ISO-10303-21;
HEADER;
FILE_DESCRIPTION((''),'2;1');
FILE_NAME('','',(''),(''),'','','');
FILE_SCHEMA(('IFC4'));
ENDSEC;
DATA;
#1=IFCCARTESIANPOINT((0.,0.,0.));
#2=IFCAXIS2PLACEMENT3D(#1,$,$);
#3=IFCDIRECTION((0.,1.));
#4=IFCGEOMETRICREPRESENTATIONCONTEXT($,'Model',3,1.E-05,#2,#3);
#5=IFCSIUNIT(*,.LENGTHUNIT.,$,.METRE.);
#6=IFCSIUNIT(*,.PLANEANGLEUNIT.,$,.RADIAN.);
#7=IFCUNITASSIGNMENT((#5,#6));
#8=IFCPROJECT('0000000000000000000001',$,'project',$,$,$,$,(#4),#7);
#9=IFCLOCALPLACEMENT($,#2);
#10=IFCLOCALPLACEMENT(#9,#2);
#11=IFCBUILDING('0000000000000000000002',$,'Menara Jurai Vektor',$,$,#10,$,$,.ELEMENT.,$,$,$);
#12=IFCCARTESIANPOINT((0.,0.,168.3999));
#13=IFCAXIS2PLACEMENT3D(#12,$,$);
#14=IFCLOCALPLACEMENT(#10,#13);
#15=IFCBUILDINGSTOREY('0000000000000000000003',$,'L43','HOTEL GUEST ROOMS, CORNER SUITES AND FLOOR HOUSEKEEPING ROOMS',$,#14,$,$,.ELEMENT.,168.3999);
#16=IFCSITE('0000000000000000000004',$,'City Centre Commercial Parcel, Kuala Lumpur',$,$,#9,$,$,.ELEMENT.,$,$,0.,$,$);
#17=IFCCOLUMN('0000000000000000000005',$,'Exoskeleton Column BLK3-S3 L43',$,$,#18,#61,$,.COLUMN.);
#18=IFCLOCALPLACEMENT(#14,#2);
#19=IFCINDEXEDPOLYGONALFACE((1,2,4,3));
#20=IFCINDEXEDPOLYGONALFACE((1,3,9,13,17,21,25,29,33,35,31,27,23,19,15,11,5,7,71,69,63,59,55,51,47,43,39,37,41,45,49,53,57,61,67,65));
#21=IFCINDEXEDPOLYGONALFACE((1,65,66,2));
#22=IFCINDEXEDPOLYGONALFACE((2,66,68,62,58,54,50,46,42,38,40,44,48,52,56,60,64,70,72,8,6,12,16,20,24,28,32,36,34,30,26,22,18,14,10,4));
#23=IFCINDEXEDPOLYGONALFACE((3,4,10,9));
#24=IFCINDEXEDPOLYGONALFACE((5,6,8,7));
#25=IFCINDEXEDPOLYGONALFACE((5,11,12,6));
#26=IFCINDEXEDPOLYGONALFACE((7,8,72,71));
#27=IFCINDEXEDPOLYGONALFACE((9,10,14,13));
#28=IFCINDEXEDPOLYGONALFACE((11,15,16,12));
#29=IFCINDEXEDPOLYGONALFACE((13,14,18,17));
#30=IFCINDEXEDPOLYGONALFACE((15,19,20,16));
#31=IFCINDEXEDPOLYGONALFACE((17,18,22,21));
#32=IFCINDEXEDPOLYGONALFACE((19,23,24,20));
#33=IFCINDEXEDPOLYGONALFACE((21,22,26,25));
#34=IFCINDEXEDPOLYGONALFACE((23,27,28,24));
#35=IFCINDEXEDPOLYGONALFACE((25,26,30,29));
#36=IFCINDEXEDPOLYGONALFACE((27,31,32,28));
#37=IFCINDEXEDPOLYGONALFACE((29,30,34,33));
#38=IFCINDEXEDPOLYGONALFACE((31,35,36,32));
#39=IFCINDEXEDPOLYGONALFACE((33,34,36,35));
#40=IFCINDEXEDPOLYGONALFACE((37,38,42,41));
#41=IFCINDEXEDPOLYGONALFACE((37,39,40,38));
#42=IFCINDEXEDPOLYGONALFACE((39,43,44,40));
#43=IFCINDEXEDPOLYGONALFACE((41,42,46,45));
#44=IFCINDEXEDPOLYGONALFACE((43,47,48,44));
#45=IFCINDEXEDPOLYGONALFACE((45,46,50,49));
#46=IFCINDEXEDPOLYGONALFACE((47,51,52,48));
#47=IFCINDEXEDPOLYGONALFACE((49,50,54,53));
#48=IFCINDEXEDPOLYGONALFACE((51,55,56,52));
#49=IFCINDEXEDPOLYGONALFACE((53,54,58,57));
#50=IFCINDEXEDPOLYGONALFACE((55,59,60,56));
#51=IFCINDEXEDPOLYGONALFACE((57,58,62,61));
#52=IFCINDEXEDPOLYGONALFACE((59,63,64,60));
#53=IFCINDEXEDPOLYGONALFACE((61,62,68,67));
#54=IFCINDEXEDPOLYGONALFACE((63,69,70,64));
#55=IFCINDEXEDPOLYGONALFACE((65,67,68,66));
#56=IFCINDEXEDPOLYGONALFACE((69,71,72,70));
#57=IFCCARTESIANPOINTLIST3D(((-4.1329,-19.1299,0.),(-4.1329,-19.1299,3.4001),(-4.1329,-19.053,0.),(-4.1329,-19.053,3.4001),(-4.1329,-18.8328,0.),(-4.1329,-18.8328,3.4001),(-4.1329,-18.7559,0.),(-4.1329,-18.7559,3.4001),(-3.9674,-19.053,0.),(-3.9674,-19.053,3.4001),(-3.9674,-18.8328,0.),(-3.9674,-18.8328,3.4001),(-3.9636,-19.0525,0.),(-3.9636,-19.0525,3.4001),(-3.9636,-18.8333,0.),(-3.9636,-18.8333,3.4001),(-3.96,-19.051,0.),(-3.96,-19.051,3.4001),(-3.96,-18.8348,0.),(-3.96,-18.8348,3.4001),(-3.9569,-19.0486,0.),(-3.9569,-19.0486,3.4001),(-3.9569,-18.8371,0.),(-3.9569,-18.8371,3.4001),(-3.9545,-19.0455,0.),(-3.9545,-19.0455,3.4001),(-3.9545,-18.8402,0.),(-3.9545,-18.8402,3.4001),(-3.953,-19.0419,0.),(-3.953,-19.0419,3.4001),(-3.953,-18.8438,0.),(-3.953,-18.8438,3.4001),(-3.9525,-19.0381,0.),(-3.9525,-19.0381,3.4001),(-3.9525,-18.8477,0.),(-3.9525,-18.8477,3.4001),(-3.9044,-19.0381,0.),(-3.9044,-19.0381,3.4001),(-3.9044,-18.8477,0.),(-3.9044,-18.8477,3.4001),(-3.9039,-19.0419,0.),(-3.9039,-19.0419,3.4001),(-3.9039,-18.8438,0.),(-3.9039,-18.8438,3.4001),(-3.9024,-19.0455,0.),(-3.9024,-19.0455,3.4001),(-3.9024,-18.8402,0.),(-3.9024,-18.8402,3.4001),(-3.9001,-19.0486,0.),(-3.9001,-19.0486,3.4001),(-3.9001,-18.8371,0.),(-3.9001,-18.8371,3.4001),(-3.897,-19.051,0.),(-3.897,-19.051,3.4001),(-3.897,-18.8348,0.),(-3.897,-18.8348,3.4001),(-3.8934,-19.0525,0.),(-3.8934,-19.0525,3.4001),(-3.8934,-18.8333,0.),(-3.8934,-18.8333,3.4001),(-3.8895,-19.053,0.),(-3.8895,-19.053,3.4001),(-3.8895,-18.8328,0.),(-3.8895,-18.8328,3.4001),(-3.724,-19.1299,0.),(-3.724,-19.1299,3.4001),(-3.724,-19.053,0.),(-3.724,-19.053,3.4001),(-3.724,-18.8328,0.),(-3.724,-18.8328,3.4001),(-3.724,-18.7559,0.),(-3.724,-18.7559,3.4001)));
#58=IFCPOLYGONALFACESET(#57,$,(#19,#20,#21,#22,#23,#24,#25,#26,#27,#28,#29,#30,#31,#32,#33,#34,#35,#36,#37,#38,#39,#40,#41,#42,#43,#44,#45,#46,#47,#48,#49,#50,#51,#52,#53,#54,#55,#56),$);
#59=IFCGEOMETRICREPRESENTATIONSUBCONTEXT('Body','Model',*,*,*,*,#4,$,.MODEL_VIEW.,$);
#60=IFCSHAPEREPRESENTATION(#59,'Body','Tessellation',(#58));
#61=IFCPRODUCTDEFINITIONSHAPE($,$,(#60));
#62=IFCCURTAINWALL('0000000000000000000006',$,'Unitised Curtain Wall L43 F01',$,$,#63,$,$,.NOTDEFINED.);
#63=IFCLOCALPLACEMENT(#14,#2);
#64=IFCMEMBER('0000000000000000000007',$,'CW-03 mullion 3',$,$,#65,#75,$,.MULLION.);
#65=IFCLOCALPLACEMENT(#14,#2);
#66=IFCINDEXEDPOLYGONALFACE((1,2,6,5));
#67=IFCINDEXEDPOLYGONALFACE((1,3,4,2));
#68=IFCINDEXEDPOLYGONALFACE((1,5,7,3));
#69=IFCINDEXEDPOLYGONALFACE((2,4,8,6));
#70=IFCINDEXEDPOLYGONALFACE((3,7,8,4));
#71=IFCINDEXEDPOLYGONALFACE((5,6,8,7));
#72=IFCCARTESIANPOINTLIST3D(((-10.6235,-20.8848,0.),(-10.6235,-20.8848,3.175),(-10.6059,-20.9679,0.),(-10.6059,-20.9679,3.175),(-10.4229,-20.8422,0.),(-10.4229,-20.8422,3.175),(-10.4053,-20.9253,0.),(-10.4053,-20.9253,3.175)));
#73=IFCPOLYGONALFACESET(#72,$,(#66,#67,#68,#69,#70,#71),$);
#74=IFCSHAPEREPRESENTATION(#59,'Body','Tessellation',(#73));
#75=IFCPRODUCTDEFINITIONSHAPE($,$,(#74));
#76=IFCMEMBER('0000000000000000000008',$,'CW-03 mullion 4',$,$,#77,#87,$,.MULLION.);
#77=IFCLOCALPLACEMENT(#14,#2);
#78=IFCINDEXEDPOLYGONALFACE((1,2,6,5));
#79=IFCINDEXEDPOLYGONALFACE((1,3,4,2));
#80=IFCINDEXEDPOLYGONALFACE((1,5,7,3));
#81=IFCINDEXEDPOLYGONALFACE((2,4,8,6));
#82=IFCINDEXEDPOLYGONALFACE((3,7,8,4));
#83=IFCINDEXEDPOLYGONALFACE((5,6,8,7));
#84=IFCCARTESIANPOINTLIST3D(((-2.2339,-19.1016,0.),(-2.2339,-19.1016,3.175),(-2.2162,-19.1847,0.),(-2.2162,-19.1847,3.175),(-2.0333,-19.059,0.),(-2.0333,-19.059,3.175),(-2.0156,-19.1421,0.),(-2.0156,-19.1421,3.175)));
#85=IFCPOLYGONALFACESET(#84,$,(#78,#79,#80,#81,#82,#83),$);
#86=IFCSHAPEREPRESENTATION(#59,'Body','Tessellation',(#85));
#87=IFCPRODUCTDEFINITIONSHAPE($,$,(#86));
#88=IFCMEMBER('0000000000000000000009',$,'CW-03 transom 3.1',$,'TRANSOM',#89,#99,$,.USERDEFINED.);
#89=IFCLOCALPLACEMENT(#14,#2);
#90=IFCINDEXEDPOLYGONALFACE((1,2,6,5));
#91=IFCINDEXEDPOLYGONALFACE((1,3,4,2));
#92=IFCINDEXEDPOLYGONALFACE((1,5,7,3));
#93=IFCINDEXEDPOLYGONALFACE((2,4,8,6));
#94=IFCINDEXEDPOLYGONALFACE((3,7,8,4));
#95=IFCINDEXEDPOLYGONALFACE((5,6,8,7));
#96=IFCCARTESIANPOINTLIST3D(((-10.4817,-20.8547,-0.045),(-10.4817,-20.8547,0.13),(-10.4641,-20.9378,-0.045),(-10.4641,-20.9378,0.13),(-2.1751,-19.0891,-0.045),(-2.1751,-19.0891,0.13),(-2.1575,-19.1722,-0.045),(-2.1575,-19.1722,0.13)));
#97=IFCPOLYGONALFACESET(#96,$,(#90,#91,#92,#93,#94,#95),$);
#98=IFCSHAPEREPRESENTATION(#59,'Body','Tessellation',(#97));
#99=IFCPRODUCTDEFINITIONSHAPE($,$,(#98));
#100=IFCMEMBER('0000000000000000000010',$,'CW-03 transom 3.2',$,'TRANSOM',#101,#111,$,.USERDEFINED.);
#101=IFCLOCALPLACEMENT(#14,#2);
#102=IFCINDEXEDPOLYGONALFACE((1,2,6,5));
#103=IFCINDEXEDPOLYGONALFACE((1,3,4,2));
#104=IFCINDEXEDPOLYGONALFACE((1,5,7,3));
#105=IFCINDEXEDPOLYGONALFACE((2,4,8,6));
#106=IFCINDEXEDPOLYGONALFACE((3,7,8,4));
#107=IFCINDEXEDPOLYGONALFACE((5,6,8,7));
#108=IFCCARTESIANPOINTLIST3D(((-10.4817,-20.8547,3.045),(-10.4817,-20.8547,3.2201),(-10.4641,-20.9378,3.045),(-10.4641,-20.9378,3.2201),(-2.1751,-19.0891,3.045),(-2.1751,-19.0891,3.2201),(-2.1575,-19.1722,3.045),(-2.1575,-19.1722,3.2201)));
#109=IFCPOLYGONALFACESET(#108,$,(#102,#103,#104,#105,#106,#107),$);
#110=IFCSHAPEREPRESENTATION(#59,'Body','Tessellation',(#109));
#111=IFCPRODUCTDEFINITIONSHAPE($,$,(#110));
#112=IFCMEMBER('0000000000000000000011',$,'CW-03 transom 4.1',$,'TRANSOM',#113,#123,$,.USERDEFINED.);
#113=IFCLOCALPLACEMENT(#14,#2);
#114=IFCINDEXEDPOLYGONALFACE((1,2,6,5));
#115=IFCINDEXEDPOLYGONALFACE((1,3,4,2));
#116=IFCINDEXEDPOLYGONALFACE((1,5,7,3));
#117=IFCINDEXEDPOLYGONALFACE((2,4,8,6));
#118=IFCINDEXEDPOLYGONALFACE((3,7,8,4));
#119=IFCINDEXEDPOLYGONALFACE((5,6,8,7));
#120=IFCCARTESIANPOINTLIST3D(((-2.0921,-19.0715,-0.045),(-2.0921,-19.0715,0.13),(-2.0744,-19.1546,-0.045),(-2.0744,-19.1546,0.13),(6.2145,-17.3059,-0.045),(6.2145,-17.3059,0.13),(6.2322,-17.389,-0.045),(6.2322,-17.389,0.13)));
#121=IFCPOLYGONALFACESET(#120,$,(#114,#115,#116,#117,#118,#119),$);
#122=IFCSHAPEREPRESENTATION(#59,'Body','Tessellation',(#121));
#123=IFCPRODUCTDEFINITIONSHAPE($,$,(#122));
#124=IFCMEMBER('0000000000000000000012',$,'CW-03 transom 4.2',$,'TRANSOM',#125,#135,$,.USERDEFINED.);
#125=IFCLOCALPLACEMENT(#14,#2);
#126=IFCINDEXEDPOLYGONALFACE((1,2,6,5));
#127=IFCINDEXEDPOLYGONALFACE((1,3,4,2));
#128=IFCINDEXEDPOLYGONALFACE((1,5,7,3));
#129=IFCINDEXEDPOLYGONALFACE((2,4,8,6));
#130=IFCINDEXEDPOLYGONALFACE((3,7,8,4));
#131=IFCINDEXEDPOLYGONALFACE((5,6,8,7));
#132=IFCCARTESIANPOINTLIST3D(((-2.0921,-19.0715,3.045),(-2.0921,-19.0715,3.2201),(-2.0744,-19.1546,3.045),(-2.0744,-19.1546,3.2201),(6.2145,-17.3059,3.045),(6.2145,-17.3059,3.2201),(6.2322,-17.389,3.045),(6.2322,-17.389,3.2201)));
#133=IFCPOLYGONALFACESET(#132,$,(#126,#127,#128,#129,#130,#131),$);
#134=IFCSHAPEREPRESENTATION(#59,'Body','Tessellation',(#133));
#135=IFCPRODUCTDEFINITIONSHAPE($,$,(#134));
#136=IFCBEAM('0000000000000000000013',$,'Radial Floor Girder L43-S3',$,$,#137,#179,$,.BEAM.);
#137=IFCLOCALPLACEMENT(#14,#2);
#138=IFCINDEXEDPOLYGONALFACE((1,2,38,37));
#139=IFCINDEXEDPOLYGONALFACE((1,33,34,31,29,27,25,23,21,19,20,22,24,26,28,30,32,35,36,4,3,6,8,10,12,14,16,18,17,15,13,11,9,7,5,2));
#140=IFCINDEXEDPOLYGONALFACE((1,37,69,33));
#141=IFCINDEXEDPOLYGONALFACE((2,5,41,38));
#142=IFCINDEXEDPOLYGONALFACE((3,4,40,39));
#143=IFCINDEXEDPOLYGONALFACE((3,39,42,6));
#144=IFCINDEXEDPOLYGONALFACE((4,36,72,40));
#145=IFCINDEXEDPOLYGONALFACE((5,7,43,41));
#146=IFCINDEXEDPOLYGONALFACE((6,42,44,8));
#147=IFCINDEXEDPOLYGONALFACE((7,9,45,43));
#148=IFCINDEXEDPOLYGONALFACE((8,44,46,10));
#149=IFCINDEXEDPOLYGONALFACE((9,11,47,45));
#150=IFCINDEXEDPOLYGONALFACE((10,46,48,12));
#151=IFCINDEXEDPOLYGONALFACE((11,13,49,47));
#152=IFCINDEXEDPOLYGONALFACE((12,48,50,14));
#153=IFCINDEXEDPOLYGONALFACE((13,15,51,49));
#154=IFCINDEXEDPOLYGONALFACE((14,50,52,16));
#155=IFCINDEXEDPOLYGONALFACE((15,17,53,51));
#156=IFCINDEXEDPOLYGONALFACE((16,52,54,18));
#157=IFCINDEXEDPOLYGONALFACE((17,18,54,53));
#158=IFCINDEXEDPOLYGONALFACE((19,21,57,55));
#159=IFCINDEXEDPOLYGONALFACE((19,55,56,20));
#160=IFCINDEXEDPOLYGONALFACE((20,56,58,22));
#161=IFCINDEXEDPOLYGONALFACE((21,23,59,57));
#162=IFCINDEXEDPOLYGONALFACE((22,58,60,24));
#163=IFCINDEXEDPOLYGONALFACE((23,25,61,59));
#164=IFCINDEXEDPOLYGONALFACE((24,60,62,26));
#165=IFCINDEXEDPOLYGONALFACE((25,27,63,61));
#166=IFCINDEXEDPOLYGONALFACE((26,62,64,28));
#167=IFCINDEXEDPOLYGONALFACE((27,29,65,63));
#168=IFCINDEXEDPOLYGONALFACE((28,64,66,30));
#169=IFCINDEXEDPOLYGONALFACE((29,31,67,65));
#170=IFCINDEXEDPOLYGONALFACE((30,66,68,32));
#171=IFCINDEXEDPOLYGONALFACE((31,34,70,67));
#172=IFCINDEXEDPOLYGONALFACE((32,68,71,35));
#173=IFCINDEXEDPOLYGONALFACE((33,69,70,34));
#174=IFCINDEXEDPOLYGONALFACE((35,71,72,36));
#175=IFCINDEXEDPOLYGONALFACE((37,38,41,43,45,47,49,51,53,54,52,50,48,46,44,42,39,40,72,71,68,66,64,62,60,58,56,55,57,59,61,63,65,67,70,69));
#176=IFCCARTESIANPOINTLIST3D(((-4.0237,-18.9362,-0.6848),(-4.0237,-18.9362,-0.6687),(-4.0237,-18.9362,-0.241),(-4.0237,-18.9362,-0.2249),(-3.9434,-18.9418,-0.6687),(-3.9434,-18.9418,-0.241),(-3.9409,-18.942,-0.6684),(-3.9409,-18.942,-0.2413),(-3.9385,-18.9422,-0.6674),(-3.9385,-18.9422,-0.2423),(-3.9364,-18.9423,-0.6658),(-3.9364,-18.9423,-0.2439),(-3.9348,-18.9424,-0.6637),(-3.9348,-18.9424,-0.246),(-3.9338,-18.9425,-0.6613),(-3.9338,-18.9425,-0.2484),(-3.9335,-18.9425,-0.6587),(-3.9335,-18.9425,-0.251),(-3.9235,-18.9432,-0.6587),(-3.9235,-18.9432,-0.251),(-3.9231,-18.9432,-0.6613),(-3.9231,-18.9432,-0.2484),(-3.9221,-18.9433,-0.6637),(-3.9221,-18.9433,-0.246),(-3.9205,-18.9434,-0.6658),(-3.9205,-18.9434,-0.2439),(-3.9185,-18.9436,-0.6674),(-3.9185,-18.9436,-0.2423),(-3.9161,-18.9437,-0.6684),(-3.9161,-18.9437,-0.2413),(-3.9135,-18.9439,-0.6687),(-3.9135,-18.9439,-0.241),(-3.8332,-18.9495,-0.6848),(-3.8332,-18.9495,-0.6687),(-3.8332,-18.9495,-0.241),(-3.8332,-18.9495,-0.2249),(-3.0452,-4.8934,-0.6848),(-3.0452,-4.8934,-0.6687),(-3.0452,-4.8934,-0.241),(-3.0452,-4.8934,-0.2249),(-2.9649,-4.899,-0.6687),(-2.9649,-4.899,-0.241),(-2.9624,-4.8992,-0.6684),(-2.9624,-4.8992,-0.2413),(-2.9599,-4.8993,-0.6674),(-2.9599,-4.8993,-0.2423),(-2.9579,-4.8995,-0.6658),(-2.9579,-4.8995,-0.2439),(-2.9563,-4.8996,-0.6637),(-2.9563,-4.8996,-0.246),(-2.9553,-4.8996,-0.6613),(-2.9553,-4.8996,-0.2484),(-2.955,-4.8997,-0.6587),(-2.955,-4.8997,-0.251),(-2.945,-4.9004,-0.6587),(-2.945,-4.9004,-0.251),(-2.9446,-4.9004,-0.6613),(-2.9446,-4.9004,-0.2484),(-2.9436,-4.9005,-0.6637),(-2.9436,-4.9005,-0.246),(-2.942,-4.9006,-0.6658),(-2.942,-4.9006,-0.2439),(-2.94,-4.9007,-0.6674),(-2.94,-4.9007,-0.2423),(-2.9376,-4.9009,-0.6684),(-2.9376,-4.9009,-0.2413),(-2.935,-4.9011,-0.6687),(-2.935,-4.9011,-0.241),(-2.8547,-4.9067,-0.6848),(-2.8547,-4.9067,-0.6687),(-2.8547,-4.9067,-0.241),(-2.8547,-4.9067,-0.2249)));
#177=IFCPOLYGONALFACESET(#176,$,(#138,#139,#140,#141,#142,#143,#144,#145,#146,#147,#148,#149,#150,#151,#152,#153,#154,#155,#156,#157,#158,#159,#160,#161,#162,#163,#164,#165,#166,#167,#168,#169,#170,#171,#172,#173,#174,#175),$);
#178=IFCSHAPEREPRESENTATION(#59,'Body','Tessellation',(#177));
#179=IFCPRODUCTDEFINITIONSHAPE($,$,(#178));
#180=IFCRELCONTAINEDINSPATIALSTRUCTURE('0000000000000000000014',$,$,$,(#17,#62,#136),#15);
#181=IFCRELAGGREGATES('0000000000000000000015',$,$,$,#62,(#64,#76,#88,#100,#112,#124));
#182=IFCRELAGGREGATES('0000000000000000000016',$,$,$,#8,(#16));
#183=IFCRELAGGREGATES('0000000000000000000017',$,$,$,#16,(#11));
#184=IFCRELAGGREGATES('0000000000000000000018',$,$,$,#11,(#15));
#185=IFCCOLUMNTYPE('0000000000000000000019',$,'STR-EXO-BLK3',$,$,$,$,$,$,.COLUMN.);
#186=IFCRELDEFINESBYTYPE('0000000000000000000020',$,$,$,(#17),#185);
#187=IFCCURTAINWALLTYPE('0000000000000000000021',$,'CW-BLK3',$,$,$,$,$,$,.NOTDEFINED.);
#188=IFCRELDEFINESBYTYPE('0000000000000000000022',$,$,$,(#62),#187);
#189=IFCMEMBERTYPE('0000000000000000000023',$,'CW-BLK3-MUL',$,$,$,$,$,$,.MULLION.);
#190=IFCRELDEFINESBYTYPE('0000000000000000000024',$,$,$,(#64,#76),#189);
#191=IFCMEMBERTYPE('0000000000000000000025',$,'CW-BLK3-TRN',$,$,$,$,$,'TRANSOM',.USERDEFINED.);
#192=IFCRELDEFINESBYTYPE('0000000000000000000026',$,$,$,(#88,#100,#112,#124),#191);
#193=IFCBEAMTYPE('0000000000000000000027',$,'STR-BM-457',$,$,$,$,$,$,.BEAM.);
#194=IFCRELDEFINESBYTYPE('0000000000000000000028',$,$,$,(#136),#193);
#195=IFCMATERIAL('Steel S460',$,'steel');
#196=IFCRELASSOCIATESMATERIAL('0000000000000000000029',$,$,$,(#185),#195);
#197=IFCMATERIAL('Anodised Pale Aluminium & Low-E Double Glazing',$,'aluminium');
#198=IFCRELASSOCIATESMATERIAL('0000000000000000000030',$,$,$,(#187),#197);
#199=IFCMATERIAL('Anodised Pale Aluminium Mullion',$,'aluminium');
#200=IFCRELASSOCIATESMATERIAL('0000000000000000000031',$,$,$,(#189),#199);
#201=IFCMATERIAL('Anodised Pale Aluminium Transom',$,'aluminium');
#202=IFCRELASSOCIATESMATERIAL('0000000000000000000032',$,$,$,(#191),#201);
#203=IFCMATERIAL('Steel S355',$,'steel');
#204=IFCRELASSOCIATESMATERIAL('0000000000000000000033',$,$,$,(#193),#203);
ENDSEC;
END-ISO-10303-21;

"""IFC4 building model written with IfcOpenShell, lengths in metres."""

from ifc_helpers import new_model, si_unit, direction, frame, origin, origin_2d, place, context, subcontext, project, spatial, rectangle, i_section, extrude, material, material_profile, profile_set, type_object, element, aggregate, save


model = new_model("IFC4")

# Units and contexts
model_context = context("Model", 3, precision=1e-05, world=origin(), true_north=direction((0.0, 1.0)))
body_context = subcontext(model_context, "Body", "Model", "MODEL_VIEW")
ifc_project = project(units=[si_unit("LENGTHUNIT", "METRE"), si_unit("PLANEANGLEUNIT", "RADIAN")], contexts=[model_context])

# Site, building, storey
site_placement = place(None, origin())
site = spatial("IfcSite", under=ifc_project, at=site_placement, Name="City Centre Commercial Parcel, Kuala Lumpur", CompositionType="ELEMENT", RefElevation=0.0)
building_placement = place(site_placement, origin())
building = spatial("IfcBuilding", under=site, at=building_placement, Name="Menara Jurai Vektor", CompositionType="ELEMENT")
storey_placement = place(building_placement, frame((0.0, 0.0, 168.3999)))
storey = spatial("IfcBuildingStorey", under=building, at=storey_placement, Name="L43", Description="HOTEL GUEST ROOMS, CORNER SUITES AND FLOOR HOUSEKEEPING ROOMS", CompositionType="ELEMENT", Elevation=168.3999)

# Column
ifc_material_1 = material(Name="Steel S460", Category="steel")
ifc_material_profile_1 = material_profile(ifc_material_1, i_section(OverallWidth=0.4089, OverallDepth=0.374, WebThickness=0.0481, FlangeThickness=0.0769, FilletRadius=0.0149, at=origin_2d()), Name="HD 400x634")
ifc_profile_set_1 = profile_set([ifc_material_profile_1], Name="Steel S460")
column_type = type_object("IfcColumnType", Name="STR-EXO-BLK3", PredefinedType="COLUMN", material=ifc_profile_set_1)
column_placement = place(storey_placement, frame((-3.9285, -18.9429, 0.0), z_axis=(0.0, 0.0, 1.0), x_axis=(1.0, 0.0, 0.0)))
element("IfcColumn", 1, at=column_placement, inside=storey, type_object=column_type, Name="Exoskeleton Column BLK3-S3 L43", PredefinedType="COLUMN", context=body_context, shape_type="SweptSolid", body=[
    extrude(i_section(OverallWidth=0.4089, OverallDepth=0.374, WebThickness=0.0481, FlangeThickness=0.0769, FilletRadius=0.0149, at=origin_2d()), origin(), (0.0, 0.0, 1.0), 3.4001),
])

# Curtain wall, members
ifc_material_2 = material(Name="Anodised Pale Aluminium & Low-E Double Glazing", Category="aluminium")
curtain_wall_type = type_object("IfcCurtainWallType", Name="CW-BLK3", PredefinedType="NOTDEFINED", material=ifc_material_2)
curtain_wall_placement = place(storey_placement, origin())
curtain_wall = element("IfcCurtainWall", 2, at=curtain_wall_placement, inside=storey, type_object=curtain_wall_type, Name="Unitised Curtain Wall L43 F01", PredefinedType="NOTDEFINED")
ifc_material_3 = material(Name="Anodised Pale Aluminium Mullion", Category="aluminium")
ifc_material_profile_2 = material_profile(ifc_material_3, rectangle(XDim=0.085, YDim=0.2051, at=origin_2d()), Name="ALU MUL 85x205")
ifc_profile_set_2 = profile_set([ifc_material_profile_2], Name="Anodised Pale Aluminium Mullion")
member_type_1 = type_object("IfcMemberType", Name="CW-BLK3-MUL", PredefinedType="MULLION", material=ifc_profile_set_2)
member_1_placement = place(storey_placement, frame((-10.5144, -20.905, 0.0), z_axis=(0.0, 0.0, 1.0), x_axis=(-0.207911, 0.978148, 0.0)))
member_1 = element("IfcMember", 3, at=member_1_placement, type_object=member_type_1, Name="CW-03 mullion 3", PredefinedType="MULLION", context=body_context, shape_type="SweptSolid", body=[
    extrude(rectangle(XDim=0.085, YDim=0.2051, at=origin_2d()), origin(), (0.0, 0.0, 1.0), 3.175),
])
member_2_placement = place(storey_placement, frame((-2.1248, -19.1218, 0.0), z_axis=(0.0, 0.0, 1.0), x_axis=(-0.207911, 0.978148, 0.0)))
member_2 = element("IfcMember", 4, at=member_2_placement, type_object=member_type_1, Name="CW-03 mullion 4", PredefinedType="MULLION", context=body_context, shape_type="SweptSolid", body=[
    extrude(rectangle(XDim=0.085, YDim=0.2051, at=origin_2d()), origin(), (0.0, 0.0, 1.0), 3.175),
])
ifc_material_4 = material(Name="Anodised Pale Aluminium Transom", Category="aluminium")
ifc_material_profile_3 = material_profile(ifc_material_4, rectangle(XDim=0.085, YDim=0.175, at=origin_2d()), Name="ALU TRN 85x175")
ifc_profile_set_3 = profile_set([ifc_material_profile_3], Name="Anodised Pale Aluminium Transom")
member_type_2 = type_object("IfcMemberType", Name="CW-BLK3-TRN", ElementType="TRANSOM", PredefinedType="USERDEFINED", material=ifc_profile_set_3)
member_3_placement = place(storey_placement, frame((-10.4729, -20.8962, 0.0425), z_axis=(0.978148, 0.207911, 0.0), x_axis=(-0.207911, 0.978148, 0.0)))
member_3 = element("IfcMember", 5, at=member_3_placement, type_object=member_type_2, Name="CW-03 transom 3.1", ObjectType="TRANSOM", PredefinedType="USERDEFINED", context=body_context, shape_type="SweptSolid", body=[
    extrude(rectangle(XDim=0.085, YDim=0.175, at=origin_2d()), origin(), (0.0, 0.0, 1.0), 8.4922),
])
member_4_placement = place(storey_placement, frame((-10.4729, -20.8962, 3.1326), z_axis=(0.978148, 0.207911, 0.0), x_axis=(-0.207911, 0.978148, 0.0)))
member_4 = element("IfcMember", 6, at=member_4_placement, type_object=member_type_2, Name="CW-03 transom 3.2", ObjectType="TRANSOM", PredefinedType="USERDEFINED", context=body_context, shape_type="SweptSolid", body=[
    extrude(rectangle(XDim=0.085, YDim=0.175, at=origin_2d()), origin(), (0.0, 0.0, 1.0), 8.4922),
])
member_5_placement = place(storey_placement, frame((-2.0833, -19.113, 0.0425), z_axis=(0.978148, 0.207911, 0.0), x_axis=(-0.207911, 0.978148, 0.0)))
member_5 = element("IfcMember", 7, at=member_5_placement, type_object=member_type_2, Name="CW-03 transom 4.1", ObjectType="TRANSOM", PredefinedType="USERDEFINED", context=body_context, shape_type="SweptSolid", body=[
    extrude(rectangle(XDim=0.085, YDim=0.175, at=origin_2d()), origin(), (0.0, 0.0, 1.0), 8.4922),
])
member_6_placement = place(storey_placement, frame((-2.0833, -19.113, 3.1326), z_axis=(0.978148, 0.207911, 0.0), x_axis=(-0.207911, 0.978148, 0.0)))
member_6 = element("IfcMember", 8, at=member_6_placement, type_object=member_type_2, Name="CW-03 transom 4.2", ObjectType="TRANSOM", PredefinedType="USERDEFINED", context=body_context, shape_type="SweptSolid", body=[
    extrude(rectangle(XDim=0.085, YDim=0.175, at=origin_2d()), origin(), (0.0, 0.0, 1.0), 8.4922),
])

# Beam
ifc_material_5 = material(Name="Steel S355", Category="steel")
ifc_material_profile_4 = material_profile(ifc_material_5, i_section(OverallWidth=0.1909, OverallDepth=0.46, WebThickness=0.01, FlangeThickness=0.0161, FilletRadius=0.01, at=origin_2d()), Name="UKB 457x191x82")
ifc_profile_set_4 = profile_set([ifc_material_profile_4], Name="Steel S355")
beam_type_1 = type_object("IfcBeamType", Name="STR-BM-457", PredefinedType="BEAM", material=ifc_profile_set_4)
beam_1_placement = place(storey_placement, frame((-3.9285, -18.9429, -0.4548), z_axis=(0.069512, 0.997581, 0.0), x_axis=(-0.997581, 0.069512, 0.0)))
element("IfcBeam", 9, at=beam_1_placement, inside=storey, type_object=beam_type_1, Name="Radial Floor Girder L43-S3", PredefinedType="BEAM", context=body_context, shape_type="SweptSolid", body=[
    extrude(i_section(OverallWidth=0.1909, OverallDepth=0.46, WebThickness=0.01, FlangeThickness=0.0161, FilletRadius=0.01, at=origin_2d()), origin(), (0.0, 0.0, 1.0), 14.0769),
])

aggregate(curtain_wall, [member_1, member_2, member_3, member_4, member_5, member_6])

save(model, "model.ifc")
